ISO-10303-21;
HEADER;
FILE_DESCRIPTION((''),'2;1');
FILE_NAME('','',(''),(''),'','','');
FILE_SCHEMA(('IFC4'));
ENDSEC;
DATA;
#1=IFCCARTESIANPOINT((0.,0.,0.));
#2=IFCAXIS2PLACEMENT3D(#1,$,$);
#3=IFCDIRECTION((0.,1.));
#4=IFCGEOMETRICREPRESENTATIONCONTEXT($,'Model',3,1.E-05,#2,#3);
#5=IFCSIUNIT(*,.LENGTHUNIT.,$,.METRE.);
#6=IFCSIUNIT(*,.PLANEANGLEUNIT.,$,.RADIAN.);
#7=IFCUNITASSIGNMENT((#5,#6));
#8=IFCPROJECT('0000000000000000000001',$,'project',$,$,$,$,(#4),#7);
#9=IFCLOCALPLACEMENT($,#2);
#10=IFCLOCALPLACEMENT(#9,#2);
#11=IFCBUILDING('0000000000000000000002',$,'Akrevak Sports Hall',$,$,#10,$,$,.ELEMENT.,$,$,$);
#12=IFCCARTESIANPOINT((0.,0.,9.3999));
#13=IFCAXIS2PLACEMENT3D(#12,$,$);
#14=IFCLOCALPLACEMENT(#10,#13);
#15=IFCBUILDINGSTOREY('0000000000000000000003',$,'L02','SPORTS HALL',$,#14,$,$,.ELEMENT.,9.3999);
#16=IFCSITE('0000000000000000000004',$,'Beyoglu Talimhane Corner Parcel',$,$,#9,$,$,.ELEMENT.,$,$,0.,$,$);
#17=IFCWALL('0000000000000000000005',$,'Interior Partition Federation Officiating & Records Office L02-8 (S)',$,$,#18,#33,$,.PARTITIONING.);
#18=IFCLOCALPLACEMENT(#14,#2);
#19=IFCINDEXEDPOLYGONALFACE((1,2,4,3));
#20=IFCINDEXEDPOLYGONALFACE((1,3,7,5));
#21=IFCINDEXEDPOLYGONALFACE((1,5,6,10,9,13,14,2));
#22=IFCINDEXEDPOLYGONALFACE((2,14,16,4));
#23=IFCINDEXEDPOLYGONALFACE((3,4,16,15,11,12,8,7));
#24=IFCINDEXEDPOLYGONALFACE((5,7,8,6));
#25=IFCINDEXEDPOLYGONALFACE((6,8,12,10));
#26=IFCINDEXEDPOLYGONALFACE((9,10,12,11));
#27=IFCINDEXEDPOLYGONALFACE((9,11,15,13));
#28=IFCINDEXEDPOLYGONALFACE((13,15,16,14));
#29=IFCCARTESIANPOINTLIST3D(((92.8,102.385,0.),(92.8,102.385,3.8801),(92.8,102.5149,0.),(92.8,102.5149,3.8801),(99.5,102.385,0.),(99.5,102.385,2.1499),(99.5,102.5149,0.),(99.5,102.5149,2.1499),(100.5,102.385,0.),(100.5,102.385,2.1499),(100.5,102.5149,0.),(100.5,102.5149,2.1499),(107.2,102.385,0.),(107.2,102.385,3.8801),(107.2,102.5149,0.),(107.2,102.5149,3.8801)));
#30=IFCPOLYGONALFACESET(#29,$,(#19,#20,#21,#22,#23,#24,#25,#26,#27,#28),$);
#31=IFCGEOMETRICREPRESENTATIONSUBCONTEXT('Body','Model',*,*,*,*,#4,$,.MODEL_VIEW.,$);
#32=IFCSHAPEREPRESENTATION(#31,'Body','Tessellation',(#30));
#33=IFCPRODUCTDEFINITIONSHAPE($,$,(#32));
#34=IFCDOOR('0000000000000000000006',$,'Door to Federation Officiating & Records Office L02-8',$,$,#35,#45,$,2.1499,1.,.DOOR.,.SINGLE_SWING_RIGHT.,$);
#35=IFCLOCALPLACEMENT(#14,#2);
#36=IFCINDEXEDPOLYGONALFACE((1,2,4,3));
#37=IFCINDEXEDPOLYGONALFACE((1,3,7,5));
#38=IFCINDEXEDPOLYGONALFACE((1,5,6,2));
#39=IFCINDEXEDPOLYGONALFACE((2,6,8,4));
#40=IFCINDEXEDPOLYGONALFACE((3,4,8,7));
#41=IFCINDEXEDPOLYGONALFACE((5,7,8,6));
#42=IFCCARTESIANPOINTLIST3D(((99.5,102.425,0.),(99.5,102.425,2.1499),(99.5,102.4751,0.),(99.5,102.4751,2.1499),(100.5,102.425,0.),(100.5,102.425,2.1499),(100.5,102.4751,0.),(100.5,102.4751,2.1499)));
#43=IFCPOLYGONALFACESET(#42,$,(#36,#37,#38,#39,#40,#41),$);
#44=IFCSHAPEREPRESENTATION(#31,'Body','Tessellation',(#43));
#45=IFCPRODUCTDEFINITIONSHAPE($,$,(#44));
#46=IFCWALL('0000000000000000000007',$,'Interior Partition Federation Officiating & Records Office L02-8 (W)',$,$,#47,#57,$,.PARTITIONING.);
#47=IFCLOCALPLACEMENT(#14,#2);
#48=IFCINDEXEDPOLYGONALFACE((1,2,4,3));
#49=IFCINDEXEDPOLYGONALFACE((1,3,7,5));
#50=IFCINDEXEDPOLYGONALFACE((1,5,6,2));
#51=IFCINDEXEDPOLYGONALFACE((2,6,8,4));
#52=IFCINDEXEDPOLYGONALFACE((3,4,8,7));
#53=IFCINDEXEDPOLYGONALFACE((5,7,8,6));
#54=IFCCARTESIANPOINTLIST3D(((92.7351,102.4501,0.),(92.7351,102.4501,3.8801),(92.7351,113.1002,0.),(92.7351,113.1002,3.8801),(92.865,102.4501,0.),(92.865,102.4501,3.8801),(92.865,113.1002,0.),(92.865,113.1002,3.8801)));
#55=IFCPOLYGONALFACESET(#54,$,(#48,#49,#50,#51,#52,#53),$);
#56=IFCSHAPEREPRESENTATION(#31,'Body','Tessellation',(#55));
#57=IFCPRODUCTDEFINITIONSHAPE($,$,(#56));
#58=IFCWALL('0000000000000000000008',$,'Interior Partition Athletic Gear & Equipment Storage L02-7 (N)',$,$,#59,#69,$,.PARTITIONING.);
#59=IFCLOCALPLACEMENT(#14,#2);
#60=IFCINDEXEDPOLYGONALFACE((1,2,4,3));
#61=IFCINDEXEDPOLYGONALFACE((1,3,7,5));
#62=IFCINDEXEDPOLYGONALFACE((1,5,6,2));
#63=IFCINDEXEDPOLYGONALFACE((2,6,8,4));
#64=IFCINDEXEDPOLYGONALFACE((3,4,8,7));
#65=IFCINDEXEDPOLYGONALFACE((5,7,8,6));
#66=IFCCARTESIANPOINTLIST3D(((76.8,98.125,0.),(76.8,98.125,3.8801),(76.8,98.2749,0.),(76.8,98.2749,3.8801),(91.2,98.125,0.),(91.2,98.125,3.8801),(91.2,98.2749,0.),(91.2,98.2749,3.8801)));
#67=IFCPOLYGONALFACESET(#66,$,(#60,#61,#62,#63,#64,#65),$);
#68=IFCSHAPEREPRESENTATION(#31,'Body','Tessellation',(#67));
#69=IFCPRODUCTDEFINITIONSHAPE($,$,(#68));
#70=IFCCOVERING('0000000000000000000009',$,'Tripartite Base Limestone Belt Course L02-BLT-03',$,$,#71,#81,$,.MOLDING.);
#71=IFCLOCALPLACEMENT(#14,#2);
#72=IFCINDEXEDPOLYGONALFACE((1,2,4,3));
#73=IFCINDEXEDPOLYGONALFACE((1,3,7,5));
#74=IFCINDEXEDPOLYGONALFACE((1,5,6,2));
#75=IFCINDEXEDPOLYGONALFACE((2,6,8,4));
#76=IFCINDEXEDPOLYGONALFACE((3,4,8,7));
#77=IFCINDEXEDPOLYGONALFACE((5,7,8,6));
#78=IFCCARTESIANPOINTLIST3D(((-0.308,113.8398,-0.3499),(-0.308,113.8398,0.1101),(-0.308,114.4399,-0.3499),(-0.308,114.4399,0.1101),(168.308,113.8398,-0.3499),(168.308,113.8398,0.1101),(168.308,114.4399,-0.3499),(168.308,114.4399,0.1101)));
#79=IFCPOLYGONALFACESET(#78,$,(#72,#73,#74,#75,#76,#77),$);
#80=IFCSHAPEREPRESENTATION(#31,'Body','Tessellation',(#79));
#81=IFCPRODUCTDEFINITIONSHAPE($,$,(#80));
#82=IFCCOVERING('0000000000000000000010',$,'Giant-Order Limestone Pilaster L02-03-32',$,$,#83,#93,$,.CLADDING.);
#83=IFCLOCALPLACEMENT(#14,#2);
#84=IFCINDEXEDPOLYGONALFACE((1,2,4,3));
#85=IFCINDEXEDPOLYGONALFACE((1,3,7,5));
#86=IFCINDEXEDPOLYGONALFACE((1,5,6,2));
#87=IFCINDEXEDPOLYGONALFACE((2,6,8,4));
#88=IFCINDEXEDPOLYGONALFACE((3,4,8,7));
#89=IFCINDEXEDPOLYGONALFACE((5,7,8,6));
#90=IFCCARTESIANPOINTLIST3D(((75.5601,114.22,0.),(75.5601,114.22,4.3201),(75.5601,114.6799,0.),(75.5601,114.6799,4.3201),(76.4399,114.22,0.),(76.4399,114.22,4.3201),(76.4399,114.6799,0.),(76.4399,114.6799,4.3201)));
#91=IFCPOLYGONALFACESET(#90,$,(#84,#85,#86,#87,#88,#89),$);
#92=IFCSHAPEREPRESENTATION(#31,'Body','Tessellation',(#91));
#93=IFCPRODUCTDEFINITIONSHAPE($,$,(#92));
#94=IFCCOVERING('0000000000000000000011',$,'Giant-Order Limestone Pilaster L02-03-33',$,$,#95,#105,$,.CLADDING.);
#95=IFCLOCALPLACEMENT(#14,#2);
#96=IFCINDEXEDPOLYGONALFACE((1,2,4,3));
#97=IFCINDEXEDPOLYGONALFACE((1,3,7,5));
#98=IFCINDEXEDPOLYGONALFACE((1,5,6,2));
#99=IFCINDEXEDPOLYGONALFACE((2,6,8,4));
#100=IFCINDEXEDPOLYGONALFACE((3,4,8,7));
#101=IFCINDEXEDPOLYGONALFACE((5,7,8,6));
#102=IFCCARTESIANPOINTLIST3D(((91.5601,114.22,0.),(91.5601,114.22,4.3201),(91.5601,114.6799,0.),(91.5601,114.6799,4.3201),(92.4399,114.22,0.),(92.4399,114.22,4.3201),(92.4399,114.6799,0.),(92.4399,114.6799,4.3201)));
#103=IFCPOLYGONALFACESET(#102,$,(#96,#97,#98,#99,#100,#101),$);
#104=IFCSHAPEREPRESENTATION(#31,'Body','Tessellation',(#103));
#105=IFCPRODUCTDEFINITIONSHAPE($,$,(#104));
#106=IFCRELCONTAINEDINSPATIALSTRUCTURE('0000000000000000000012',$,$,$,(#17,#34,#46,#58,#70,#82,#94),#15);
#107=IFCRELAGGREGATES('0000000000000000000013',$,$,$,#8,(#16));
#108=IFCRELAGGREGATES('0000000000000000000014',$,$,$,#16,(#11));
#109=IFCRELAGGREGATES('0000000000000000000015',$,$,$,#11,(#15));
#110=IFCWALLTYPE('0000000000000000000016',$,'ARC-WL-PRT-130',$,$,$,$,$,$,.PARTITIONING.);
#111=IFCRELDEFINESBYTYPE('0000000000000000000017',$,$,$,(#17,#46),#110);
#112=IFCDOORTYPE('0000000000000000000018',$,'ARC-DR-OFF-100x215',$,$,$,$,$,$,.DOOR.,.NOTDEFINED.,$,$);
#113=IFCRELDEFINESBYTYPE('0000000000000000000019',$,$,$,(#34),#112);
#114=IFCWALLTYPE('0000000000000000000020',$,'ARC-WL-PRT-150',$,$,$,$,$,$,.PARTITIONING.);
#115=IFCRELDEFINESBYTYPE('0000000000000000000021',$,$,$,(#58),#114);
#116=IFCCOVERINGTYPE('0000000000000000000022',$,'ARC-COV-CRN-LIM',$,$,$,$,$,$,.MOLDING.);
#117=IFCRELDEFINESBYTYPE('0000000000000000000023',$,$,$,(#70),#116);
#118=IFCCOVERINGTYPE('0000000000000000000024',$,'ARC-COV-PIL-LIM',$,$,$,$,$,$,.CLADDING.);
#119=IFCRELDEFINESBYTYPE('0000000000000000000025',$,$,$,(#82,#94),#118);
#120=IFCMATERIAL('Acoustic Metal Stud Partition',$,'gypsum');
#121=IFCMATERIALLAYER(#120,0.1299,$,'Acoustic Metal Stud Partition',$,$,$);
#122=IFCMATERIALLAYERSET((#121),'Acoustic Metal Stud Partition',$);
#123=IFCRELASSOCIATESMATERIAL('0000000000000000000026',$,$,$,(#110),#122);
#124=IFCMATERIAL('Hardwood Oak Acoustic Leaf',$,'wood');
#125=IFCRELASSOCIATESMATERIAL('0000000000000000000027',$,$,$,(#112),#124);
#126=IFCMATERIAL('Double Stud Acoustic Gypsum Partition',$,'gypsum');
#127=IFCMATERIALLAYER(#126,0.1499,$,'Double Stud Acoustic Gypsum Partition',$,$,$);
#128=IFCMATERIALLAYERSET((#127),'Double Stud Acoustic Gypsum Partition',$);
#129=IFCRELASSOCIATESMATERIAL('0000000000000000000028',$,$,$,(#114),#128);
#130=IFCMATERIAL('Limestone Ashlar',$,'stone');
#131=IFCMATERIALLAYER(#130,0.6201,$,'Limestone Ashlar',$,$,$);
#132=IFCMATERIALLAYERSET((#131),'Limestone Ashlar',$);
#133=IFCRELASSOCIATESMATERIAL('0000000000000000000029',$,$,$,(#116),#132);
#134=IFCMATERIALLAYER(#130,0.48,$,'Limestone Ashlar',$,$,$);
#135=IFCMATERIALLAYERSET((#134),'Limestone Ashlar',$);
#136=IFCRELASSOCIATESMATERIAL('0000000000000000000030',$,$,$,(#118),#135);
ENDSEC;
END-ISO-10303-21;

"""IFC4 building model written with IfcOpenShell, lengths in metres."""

from ifc_helpers import new_model, si_unit, direction, frame, frame_2d, origin, origin_2d, place, context, subcontext, project, spatial, rectangle, extrude, material, layer, layer_set, type_object, element, fill, save


model = new_model("IFC4")

# Units and contexts
model_context = context("Model", 3, precision=1e-05, world=origin(), true_north=direction((0.0, 1.0)))
body_context = subcontext(model_context, "Body", "Model", "MODEL_VIEW")
ifc_project = project(units=[si_unit("LENGTHUNIT", "METRE"), si_unit("PLANEANGLEUNIT", "RADIAN")], contexts=[model_context])

# Site, building, storey
site_placement = place(None, origin())
site = spatial("IfcSite", under=ifc_project, at=site_placement, Name="Beyoglu Talimhane Corner Parcel", CompositionType="ELEMENT", RefElevation=0.0)
building_placement = place(site_placement, origin())
building = spatial("IfcBuilding", under=site, at=building_placement, Name="Akrevak Sports Hall", CompositionType="ELEMENT")
storey_placement = place(building_placement, frame((0.0, 0.0, 9.3999)))
storey = spatial("IfcBuildingStorey", under=building, at=storey_placement, Name="L02", Description="SPORTS HALL", CompositionType="ELEMENT", Elevation=9.3999)

# Shared definitions
ifc_material_1 = material(Name="Limestone Ashlar", Category="stone")

# Wall, opening, door
ifc_material_2 = material(Name="Acoustic Metal Stud Partition", Category="gypsum")
ifc_layer_1 = layer(ifc_material_2, 0.1299, Name="Acoustic Metal Stud Partition")
ifc_layer_set_1 = layer_set([ifc_layer_1], Name="Acoustic Metal Stud Partition")
wall_type_1 = type_object("IfcWallType", Name="ARC-WL-PRT-130", PredefinedType="PARTITIONING", material=ifc_layer_set_1)
wall_1_placement = place(storey_placement, frame((92.8, 102.45, 0.0), z_axis=(0.0, 0.0, 1.0), x_axis=(1.0, 0.0, 0.0)))
wall_1 = element("IfcWall", 1, at=wall_1_placement, inside=storey, type_object=wall_type_1, Name="Interior Partition Federation Officiating & Records Office L02-8 (S)", PredefinedType="PARTITIONING", context=body_context, shape_type="SweptSolid", body=[
    extrude(rectangle(XDim=14.3999, YDim=0.1299, at=frame_2d((7.2, 0.0))), origin(), (0.0, 0.0, 1.0), 3.8801),
])
opening_1_placement = place(wall_1_placement, frame((6.7, 0.0, 0.0)))
opening_1 = element("IfcOpeningElement", 2, at=opening_1_placement, cuts=wall_1, PredefinedType="OPENING", context=body_context, shape_type="SweptSolid", body=[
    extrude(rectangle(XDim=1.0, YDim=2.1499, at=frame_2d((0.5, 1.075))), frame((0.0, 0.0769, 0.0), z_axis=(0.0, -1.0, 0.0), x_axis=(1.0, 0.0, 0.0)), (0.0, 0.0, 1.0), 0.1538),
])
ifc_material_3 = material(Name="Hardwood Oak Acoustic Leaf", Category="wood")
door_type_1 = type_object("IfcDoorType", Name="ARC-DR-OFF-100x215", OperationType="NOTDEFINED", PredefinedType="DOOR", material=ifc_material_3)
door_1_placement = place(opening_1_placement, frame((1.0, 0.0, 0.0), z_axis=(0.0, 0.0, 1.0), x_axis=(-1.0, 0.0, 0.0)))
door_1 = element("IfcDoor", 3, at=door_1_placement, inside=storey, type_object=door_type_1, Name="Door to Federation Officiating & Records Office L02-8", OperationType="SINGLE_SWING_RIGHT", OverallHeight=2.1499, OverallWidth=1.0, PredefinedType="DOOR", context=body_context, shape_type="SweptSolid", body=[
    extrude(rectangle(XDim=1.0, YDim=2.1499, at=frame_2d((0.5, 1.075))), frame((0.0, 0.0249, 0.0), z_axis=(0.0, -1.0, 0.0), x_axis=(1.0, 0.0, 0.0)), (0.0, 0.0, 1.0), 0.05),
])
fill(opening_1, door_1)

# Walls
wall_2_placement = place(storey_placement, frame((92.8, 102.45, 0.0), z_axis=(0.0, 0.0, 1.0), x_axis=(0.0, 1.0, 0.0)))
element("IfcWall", 4, at=wall_2_placement, inside=storey, type_object=wall_type_1, Name="Interior Partition Federation Officiating & Records Office L02-8 (W)", PredefinedType="PARTITIONING", context=body_context, shape_type="SweptSolid", body=[
    extrude(rectangle(XDim=10.6501, YDim=0.1299, at=frame_2d((5.3252, 0.0))), origin(), (0.0, 0.0, 1.0), 3.8801),
])
ifc_material_4 = material(Name="Double Stud Acoustic Gypsum Partition", Category="gypsum")
ifc_layer_2 = layer(ifc_material_4, 0.1499, Name="Double Stud Acoustic Gypsum Partition")
ifc_layer_set_2 = layer_set([ifc_layer_2], Name="Double Stud Acoustic Gypsum Partition")
wall_type_2 = type_object("IfcWallType", Name="ARC-WL-PRT-150", PredefinedType="PARTITIONING", material=ifc_layer_set_2)
wall_3_placement = place(storey_placement, frame((76.8, 98.2, 0.0), z_axis=(0.0, 0.0, 1.0), x_axis=(1.0, 0.0, 0.0)))
element("IfcWall", 5, at=wall_3_placement, inside=storey, type_object=wall_type_2, Name="Interior Partition Athletic Gear & Equipment Storage L02-7 (N)", PredefinedType="PARTITIONING", context=body_context, shape_type="SweptSolid", body=[
    extrude(rectangle(XDim=14.3999, YDim=0.1499, at=frame_2d((7.2, 0.0))), origin(), (0.0, 0.0, 1.0), 3.8801),
])

# Coverings
ifc_layer_3 = layer(ifc_material_1, 0.6201, Name="Limestone Ashlar")
ifc_layer_set_3 = layer_set([ifc_layer_3], Name="Limestone Ashlar")
covering_type_1 = type_object("IfcCoveringType", Name="ARC-COV-CRN-LIM", PredefinedType="MOLDING", material=ifc_layer_set_3)
covering_placement = place(storey_placement, frame((84.0, 114.1399, -0.3499), z_axis=(0.0, 0.0, 1.0), x_axis=(-1.0, 0.0, 0.0)))
element("IfcCovering", 6, at=covering_placement, inside=storey, type_object=covering_type_1, Name="Tripartite Base Limestone Belt Course L02-BLT-03", PredefinedType="MOLDING", context=body_context, shape_type="SweptSolid", body=[
    extrude(rectangle(XDim=168.616, YDim=0.6001, at=origin_2d()), origin(), (0.0, 0.0, 1.0), 0.46),
])
ifc_layer_4 = layer(ifc_material_1, 0.48, Name="Limestone Ashlar")
ifc_layer_set_4 = layer_set([ifc_layer_4], Name="Limestone Ashlar")
covering_type_2 = type_object("IfcCoveringType", Name="ARC-COV-PIL-LIM", PredefinedType="CLADDING", material=ifc_layer_set_4)
for number, where, z_axis, x_axis, name in (
    (7, (76.0, 114.45, 0.0), (0.0, 0.0, 1.0), (-1.0, 0.0, 0.0), "Giant-Order Limestone Pilaster L02-03-32"),
    (8, (92.0, 114.45, 0.0), (0.0, 0.0, 1.0), (-1.0, 0.0, 0.0), "Giant-Order Limestone Pilaster L02-03-33"),
):
    element("IfcCovering", number, at=place(storey_placement, frame(where, z_axis=z_axis, x_axis=x_axis)), inside=storey, type_object=covering_type_2, Name=name, PredefinedType="CLADDING", context=body_context, shape_type="SweptSolid", body=[
        extrude(rectangle(XDim=0.8799, YDim=0.46, at=origin_2d()), origin(), (0.0, 0.0, 1.0), 4.3201),
    ])

save(model, "model.ifc")
